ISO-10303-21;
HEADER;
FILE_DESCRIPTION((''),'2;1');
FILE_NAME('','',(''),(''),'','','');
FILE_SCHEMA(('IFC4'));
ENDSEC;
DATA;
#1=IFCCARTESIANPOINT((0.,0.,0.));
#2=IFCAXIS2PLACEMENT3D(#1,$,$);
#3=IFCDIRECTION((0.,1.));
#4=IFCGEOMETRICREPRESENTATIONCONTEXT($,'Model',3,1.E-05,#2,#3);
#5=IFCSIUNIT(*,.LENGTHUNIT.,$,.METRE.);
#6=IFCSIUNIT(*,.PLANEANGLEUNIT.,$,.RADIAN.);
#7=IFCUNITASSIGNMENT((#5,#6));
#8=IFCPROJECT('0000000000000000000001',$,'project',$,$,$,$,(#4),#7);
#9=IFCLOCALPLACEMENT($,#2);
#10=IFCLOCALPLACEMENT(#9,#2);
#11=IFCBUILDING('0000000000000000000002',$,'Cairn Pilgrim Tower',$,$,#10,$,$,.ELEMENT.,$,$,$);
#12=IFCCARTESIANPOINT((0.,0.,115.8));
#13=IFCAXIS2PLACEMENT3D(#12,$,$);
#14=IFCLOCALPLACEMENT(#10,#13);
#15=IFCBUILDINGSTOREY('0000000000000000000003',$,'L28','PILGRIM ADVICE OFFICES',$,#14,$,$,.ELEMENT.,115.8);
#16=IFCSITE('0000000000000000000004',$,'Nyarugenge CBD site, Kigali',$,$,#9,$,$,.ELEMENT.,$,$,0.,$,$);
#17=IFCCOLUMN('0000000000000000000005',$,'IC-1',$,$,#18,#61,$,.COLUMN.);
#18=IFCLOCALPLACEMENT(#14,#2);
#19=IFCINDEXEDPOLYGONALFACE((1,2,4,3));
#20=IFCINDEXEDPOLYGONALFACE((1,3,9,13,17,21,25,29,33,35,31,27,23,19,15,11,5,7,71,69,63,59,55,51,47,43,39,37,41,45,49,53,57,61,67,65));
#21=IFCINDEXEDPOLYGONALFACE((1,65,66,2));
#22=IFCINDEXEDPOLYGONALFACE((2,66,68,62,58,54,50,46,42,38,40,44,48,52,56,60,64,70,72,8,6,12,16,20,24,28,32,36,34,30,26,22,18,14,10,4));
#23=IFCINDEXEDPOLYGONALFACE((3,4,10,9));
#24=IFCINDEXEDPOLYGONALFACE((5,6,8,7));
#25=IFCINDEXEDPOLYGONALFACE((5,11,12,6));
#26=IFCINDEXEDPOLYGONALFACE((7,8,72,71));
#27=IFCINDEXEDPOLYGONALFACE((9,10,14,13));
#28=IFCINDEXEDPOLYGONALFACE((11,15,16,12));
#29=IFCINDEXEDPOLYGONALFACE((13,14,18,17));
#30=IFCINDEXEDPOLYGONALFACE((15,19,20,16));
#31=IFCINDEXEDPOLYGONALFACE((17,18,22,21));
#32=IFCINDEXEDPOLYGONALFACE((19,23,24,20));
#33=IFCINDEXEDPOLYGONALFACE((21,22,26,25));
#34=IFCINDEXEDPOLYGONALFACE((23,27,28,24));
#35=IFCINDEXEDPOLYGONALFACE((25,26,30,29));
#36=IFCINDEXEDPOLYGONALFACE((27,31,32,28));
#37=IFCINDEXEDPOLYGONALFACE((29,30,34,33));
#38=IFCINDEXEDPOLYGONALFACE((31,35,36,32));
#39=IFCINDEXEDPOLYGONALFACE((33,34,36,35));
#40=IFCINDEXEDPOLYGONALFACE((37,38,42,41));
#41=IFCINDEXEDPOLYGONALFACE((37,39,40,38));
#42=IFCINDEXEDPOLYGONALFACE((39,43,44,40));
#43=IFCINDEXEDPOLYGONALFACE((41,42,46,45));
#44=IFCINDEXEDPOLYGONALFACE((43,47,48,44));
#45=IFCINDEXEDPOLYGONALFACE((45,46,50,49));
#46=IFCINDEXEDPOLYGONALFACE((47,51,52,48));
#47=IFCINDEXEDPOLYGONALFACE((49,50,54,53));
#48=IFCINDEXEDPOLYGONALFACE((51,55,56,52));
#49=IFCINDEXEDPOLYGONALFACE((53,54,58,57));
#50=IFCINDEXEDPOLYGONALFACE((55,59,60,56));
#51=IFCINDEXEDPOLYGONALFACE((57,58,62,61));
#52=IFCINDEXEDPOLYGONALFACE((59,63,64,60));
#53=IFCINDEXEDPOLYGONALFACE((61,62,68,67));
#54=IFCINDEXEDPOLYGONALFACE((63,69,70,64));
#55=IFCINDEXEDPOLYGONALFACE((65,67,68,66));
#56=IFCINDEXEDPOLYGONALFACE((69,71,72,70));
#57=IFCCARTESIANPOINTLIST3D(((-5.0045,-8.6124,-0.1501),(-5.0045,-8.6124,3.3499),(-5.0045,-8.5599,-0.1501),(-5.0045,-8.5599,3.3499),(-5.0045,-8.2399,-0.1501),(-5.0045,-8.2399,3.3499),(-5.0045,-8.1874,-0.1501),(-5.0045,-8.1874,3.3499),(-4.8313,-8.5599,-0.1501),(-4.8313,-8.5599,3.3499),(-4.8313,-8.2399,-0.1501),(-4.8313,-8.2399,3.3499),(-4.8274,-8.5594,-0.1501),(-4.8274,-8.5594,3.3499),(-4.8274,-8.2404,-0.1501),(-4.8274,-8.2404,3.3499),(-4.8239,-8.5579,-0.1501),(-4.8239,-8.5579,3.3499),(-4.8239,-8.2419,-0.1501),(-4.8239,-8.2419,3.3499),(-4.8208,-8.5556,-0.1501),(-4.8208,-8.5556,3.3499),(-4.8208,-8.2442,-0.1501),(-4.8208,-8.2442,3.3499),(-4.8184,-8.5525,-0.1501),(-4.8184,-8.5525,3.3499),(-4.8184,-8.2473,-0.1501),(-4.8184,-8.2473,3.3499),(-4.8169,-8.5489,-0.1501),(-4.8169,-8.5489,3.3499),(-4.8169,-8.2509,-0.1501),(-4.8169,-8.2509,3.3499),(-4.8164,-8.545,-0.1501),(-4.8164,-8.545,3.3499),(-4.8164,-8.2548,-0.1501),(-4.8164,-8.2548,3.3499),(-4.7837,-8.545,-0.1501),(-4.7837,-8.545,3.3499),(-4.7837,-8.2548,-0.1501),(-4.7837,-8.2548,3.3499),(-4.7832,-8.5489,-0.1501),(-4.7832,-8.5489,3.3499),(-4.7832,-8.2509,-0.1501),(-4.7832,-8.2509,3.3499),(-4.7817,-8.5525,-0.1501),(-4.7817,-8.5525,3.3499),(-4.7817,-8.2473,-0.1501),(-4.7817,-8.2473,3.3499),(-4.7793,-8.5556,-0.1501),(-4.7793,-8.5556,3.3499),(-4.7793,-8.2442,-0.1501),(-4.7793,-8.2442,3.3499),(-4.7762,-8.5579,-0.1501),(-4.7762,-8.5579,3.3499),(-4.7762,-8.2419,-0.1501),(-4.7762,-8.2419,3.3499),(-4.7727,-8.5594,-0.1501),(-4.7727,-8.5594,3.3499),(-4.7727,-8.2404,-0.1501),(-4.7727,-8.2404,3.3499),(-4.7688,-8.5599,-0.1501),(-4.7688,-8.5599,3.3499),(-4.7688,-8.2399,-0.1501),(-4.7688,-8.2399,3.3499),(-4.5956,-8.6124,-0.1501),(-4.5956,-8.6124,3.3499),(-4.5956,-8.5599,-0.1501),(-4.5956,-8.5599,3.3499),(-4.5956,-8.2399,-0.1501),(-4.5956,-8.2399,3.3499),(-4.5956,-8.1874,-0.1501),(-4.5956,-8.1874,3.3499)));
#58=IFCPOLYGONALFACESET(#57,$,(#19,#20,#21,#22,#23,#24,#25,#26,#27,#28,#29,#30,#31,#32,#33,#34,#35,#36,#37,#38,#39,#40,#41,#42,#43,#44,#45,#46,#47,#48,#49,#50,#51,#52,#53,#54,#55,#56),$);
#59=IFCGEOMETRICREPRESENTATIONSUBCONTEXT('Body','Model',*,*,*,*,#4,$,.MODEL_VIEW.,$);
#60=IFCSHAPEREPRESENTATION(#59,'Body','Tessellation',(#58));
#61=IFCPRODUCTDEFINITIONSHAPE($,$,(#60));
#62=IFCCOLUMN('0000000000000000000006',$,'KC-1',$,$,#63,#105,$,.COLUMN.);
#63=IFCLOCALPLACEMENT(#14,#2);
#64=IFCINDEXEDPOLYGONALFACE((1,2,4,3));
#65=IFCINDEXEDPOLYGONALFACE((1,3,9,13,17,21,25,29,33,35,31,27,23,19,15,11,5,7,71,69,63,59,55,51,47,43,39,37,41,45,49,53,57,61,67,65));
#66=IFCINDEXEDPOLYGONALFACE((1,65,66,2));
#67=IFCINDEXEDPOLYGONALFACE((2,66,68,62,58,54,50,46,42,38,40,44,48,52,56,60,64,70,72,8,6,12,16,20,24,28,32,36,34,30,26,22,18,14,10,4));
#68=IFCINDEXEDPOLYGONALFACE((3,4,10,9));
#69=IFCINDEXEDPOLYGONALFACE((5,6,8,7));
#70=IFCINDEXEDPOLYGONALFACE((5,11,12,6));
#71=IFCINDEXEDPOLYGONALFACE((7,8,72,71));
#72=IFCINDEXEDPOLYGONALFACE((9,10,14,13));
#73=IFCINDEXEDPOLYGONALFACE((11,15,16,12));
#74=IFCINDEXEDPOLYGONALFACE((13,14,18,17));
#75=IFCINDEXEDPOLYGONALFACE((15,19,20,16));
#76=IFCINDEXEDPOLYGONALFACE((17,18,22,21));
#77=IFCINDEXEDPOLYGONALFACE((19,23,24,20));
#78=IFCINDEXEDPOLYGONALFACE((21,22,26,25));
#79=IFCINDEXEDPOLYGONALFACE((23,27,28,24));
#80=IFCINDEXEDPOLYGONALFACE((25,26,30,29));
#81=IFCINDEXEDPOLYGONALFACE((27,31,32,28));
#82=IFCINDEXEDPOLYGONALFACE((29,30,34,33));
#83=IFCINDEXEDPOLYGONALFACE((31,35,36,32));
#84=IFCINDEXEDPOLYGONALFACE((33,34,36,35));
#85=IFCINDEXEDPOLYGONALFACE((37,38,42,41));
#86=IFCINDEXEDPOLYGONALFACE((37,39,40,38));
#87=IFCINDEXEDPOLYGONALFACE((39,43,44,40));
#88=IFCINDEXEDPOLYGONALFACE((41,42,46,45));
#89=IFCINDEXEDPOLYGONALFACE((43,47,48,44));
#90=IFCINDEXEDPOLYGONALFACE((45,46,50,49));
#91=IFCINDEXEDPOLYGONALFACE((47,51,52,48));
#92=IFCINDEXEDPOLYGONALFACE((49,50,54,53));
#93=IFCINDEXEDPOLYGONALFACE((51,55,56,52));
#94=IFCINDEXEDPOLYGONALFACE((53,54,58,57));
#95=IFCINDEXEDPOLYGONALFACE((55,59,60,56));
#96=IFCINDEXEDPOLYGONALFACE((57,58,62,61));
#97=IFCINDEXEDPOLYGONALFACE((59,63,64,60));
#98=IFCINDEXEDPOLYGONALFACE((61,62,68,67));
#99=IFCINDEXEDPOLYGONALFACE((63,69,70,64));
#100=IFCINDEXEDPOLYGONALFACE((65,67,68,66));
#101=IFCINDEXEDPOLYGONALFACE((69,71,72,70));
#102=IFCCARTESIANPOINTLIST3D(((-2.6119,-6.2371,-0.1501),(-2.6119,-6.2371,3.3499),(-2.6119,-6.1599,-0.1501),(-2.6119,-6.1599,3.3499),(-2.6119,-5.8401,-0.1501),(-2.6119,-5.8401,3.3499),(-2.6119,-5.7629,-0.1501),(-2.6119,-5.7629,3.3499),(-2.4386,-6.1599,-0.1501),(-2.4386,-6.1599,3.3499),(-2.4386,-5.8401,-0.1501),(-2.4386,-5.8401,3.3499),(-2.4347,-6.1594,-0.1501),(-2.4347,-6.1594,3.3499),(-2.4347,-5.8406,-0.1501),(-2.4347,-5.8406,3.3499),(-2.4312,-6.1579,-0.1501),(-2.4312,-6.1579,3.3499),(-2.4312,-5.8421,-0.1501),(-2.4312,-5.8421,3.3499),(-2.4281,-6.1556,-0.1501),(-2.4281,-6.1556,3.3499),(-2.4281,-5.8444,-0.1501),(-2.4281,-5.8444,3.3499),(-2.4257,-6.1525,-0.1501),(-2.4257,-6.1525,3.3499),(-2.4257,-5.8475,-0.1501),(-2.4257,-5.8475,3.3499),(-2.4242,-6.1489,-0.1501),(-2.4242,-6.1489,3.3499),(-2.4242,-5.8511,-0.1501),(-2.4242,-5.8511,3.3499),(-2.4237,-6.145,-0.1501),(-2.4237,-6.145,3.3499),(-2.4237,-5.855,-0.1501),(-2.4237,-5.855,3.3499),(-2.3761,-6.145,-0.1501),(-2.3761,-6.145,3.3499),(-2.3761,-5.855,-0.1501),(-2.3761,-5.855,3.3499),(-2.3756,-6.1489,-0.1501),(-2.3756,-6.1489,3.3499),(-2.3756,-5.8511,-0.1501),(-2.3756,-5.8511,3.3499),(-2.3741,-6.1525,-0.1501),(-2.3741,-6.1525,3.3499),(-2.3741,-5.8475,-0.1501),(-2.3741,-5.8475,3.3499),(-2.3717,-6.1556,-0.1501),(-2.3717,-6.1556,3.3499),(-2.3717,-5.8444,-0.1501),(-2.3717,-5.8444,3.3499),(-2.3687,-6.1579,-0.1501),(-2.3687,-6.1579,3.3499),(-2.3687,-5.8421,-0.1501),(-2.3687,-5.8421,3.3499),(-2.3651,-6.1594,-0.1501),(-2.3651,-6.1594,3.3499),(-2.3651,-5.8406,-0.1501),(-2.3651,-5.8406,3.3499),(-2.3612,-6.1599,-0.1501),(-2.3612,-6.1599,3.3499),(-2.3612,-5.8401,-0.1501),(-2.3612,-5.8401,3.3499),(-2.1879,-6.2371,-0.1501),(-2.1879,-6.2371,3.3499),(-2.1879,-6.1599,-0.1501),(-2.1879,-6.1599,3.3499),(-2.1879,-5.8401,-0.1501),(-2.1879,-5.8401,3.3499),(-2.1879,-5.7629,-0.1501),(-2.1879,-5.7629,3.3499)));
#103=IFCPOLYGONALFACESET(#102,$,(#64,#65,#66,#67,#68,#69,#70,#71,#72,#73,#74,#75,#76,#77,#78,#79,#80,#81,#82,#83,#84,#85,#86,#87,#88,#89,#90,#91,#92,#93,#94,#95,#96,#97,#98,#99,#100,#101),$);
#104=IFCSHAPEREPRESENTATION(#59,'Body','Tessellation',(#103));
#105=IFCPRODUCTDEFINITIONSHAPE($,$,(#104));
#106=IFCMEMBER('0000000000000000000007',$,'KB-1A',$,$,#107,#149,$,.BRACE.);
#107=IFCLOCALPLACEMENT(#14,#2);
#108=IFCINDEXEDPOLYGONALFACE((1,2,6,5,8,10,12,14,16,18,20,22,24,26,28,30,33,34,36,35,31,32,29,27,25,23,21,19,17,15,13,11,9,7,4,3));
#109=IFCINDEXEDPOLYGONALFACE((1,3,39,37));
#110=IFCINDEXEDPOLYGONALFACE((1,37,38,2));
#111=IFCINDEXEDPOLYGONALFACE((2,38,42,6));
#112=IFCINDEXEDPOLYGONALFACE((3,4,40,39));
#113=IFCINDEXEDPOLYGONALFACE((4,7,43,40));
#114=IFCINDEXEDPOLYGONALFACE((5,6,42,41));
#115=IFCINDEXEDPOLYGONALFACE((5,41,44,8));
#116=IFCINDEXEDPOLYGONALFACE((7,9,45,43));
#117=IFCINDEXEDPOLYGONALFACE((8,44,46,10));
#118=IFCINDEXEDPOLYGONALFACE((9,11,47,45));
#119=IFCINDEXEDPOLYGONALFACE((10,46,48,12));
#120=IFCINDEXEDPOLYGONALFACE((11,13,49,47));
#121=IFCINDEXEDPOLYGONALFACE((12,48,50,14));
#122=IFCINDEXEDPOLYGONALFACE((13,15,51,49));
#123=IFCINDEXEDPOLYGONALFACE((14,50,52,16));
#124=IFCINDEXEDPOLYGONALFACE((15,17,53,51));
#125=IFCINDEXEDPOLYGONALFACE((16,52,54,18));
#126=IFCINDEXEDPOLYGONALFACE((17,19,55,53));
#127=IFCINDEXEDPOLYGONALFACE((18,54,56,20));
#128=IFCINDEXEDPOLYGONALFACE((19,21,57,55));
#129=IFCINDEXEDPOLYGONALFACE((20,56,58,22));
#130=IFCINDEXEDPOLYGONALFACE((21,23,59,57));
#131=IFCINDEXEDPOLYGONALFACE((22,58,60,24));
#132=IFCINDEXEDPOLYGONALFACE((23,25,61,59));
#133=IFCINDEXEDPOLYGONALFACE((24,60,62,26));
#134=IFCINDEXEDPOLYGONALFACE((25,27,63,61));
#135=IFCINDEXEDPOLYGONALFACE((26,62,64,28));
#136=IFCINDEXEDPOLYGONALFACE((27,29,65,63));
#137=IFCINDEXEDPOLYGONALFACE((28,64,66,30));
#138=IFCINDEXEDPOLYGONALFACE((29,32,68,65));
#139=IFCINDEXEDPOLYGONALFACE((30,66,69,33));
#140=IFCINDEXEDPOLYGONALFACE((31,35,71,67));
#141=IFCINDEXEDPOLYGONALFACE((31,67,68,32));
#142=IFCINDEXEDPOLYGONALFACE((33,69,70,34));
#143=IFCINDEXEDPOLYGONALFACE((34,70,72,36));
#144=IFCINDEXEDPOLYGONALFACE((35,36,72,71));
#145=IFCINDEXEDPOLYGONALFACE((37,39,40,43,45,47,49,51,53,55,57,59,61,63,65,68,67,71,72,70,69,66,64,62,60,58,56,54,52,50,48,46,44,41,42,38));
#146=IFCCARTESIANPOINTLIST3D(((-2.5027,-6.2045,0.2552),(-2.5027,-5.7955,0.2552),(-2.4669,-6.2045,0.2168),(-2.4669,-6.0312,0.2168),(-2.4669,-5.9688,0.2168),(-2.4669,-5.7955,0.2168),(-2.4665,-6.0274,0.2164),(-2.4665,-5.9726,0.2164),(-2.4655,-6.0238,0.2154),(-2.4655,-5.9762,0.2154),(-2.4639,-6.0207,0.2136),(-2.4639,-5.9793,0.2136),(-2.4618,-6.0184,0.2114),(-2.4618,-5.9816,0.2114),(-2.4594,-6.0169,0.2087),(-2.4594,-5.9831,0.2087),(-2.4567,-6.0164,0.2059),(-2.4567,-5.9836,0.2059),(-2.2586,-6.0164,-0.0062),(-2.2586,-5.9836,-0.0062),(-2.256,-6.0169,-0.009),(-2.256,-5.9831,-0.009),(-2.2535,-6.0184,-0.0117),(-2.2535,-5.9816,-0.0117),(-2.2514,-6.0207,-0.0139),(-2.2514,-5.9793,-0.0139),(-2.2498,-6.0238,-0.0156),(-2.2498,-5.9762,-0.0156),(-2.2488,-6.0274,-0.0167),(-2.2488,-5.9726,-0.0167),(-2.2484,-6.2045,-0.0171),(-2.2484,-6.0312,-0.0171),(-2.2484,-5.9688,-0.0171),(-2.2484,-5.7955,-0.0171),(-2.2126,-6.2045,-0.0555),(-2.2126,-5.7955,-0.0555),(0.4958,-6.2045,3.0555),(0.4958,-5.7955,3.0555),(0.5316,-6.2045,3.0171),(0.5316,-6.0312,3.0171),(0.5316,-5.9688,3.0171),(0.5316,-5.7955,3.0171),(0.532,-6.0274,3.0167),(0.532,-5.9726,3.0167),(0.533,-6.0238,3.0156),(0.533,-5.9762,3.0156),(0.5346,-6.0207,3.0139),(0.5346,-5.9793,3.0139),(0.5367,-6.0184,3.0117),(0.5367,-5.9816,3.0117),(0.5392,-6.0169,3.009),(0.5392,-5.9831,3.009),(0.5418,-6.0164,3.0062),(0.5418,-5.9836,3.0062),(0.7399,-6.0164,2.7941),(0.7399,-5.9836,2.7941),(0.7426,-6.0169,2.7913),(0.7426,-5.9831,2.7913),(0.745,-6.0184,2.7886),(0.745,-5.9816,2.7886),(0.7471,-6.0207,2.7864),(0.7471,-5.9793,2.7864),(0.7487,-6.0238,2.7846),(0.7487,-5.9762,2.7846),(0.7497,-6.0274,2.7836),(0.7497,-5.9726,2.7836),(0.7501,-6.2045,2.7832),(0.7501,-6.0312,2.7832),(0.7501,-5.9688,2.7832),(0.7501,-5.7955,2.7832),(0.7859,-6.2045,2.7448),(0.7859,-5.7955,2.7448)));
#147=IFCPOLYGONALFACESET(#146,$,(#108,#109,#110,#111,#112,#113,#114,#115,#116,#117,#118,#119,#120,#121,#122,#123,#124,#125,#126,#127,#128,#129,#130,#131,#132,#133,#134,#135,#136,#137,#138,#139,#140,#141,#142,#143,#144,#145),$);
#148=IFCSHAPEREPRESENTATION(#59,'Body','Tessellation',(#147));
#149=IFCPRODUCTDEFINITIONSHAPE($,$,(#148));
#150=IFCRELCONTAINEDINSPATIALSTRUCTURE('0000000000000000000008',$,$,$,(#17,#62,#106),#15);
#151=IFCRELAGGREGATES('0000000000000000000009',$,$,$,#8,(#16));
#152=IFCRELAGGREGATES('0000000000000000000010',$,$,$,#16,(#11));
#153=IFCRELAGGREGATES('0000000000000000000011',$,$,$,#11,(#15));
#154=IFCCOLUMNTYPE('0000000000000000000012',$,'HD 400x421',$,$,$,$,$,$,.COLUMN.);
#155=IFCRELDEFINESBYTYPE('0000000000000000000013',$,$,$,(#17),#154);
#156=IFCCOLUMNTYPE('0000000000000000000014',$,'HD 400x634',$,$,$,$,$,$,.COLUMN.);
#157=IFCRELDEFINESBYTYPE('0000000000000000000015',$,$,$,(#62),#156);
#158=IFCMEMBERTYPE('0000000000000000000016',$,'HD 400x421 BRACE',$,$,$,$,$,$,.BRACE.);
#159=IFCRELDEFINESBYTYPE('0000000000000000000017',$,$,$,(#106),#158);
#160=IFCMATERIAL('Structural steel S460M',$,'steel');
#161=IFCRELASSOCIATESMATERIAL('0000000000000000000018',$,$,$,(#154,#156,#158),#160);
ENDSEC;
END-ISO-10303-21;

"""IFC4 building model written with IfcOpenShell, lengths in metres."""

from ifc_helpers import new_model, si_unit, direction, frame, origin, origin_2d, place, context, subcontext, project, spatial, i_section, extrude, material, material_profile, profile_set, type_object, element, save


model = new_model("IFC4")

# Units and contexts
model_context = context("Model", 3, precision=1e-05, world=origin(), true_north=direction((0.0, 1.0)))
body_context = subcontext(model_context, "Body", "Model", "MODEL_VIEW")
ifc_project = project(units=[si_unit("LENGTHUNIT", "METRE"), si_unit("PLANEANGLEUNIT", "RADIAN")], contexts=[model_context])

# Site, building, storey
site_placement = place(None, origin())
site = spatial("IfcSite", under=ifc_project, at=site_placement, Name="Nyarugenge CBD site, Kigali", CompositionType="ELEMENT", RefElevation=0.0)
building_placement = place(site_placement, origin())
building = spatial("IfcBuilding", under=site, at=building_placement, Name="Cairn Pilgrim Tower", CompositionType="ELEMENT")
storey_placement = place(building_placement, frame((0.0, 0.0, 115.8)))
storey = spatial("IfcBuildingStorey", under=building, at=storey_placement, Name="L28", Description="PILGRIM ADVICE OFFICES", CompositionType="ELEMENT", Elevation=115.8)

# Columns
ifc_material_1 = material(Name="Structural steel S460M", Category="steel")
ifc_material_profile_1 = material_profile(ifc_material_1, i_section(OverallWidth=0.4089, OverallDepth=0.425, WebThickness=0.0327, FlangeThickness=0.0525, FilletRadius=0.0149, at=origin_2d()), Name="HD 400x421")
ifc_profile_set_1 = profile_set([ifc_material_profile_1], Name="Structural steel S460M")
column_type_1 = type_object("IfcColumnType", Name="HD 400x421", PredefinedType="COLUMN", material=ifc_profile_set_1)
column_1_placement = place(storey_placement, frame((-4.8, -8.3999, -0.1501), z_axis=(0.0, 0.0, 1.0), x_axis=(1.0, 0.0, 0.0)))
element("IfcColumn", 1, at=column_1_placement, inside=storey, type_object=column_type_1, Name="IC-1", PredefinedType="COLUMN", context=body_context, shape_type="SweptSolid", body=[
    extrude(i_section(OverallWidth=0.4089, OverallDepth=0.425, WebThickness=0.0327, FlangeThickness=0.0525, FilletRadius=0.0149, at=origin_2d()), origin(), (0.0, 0.0, 1.0), 3.5),
])
ifc_material_profile_2 = material_profile(ifc_material_1, i_section(OverallWidth=0.4241, OverallDepth=0.4741, WebThickness=0.0476, FlangeThickness=0.0771, FilletRadius=0.0149, at=origin_2d()), Name="HD 400x634")
ifc_profile_set_2 = profile_set([ifc_material_profile_2], Name="Structural steel S460M")
column_type_2 = type_object("IfcColumnType", Name="HD 400x634", PredefinedType="COLUMN", material=ifc_profile_set_2)
column_2_placement = place(storey_placement, frame((-2.3999, -6.0, -0.1501), z_axis=(0.0, 0.0, 1.0), x_axis=(1.0, 0.0, 0.0)))
element("IfcColumn", 2, at=column_2_placement, inside=storey, type_object=column_type_2, Name="KC-1", PredefinedType="COLUMN", context=body_context, shape_type="SweptSolid", body=[
    extrude(i_section(OverallWidth=0.4241, OverallDepth=0.4741, WebThickness=0.0476, FlangeThickness=0.0771, FilletRadius=0.0149, at=origin_2d()), origin(), (0.0, 0.0, 1.0), 3.5),
])

# Member
ifc_material_profile_3 = material_profile(ifc_material_1, i_section(OverallWidth=0.4089, OverallDepth=0.425, WebThickness=0.0327, FlangeThickness=0.0525, FilletRadius=0.0149, at=origin_2d()), Name="HD 400x421")
ifc_profile_set_3 = profile_set([ifc_material_profile_3], Name="Structural steel S460M")
member_type = type_object("IfcMemberType", Name="HD 400x421 BRACE", PredefinedType="BRACE", material=ifc_profile_set_3)
member_placement = place(storey_placement, frame((-2.3577, -6.0, 0.0999), z_axis=(0.730853, 0.0, 0.682534), x_axis=(0.0, 1.0, 0.0)))
element("IfcMember", 3, at=member_placement, inside=storey, type_object=member_type, Name="KB-1A", PredefinedType="BRACE", context=body_context, shape_type="SweptSolid", body=[
    extrude(i_section(OverallWidth=0.4089, OverallDepth=0.425, WebThickness=0.0327, FlangeThickness=0.0525, FilletRadius=0.0149, at=origin_2d()), origin(), (0.0, 0.0, 1.0), 4.1028),
])

save(model, "model.ifc")
